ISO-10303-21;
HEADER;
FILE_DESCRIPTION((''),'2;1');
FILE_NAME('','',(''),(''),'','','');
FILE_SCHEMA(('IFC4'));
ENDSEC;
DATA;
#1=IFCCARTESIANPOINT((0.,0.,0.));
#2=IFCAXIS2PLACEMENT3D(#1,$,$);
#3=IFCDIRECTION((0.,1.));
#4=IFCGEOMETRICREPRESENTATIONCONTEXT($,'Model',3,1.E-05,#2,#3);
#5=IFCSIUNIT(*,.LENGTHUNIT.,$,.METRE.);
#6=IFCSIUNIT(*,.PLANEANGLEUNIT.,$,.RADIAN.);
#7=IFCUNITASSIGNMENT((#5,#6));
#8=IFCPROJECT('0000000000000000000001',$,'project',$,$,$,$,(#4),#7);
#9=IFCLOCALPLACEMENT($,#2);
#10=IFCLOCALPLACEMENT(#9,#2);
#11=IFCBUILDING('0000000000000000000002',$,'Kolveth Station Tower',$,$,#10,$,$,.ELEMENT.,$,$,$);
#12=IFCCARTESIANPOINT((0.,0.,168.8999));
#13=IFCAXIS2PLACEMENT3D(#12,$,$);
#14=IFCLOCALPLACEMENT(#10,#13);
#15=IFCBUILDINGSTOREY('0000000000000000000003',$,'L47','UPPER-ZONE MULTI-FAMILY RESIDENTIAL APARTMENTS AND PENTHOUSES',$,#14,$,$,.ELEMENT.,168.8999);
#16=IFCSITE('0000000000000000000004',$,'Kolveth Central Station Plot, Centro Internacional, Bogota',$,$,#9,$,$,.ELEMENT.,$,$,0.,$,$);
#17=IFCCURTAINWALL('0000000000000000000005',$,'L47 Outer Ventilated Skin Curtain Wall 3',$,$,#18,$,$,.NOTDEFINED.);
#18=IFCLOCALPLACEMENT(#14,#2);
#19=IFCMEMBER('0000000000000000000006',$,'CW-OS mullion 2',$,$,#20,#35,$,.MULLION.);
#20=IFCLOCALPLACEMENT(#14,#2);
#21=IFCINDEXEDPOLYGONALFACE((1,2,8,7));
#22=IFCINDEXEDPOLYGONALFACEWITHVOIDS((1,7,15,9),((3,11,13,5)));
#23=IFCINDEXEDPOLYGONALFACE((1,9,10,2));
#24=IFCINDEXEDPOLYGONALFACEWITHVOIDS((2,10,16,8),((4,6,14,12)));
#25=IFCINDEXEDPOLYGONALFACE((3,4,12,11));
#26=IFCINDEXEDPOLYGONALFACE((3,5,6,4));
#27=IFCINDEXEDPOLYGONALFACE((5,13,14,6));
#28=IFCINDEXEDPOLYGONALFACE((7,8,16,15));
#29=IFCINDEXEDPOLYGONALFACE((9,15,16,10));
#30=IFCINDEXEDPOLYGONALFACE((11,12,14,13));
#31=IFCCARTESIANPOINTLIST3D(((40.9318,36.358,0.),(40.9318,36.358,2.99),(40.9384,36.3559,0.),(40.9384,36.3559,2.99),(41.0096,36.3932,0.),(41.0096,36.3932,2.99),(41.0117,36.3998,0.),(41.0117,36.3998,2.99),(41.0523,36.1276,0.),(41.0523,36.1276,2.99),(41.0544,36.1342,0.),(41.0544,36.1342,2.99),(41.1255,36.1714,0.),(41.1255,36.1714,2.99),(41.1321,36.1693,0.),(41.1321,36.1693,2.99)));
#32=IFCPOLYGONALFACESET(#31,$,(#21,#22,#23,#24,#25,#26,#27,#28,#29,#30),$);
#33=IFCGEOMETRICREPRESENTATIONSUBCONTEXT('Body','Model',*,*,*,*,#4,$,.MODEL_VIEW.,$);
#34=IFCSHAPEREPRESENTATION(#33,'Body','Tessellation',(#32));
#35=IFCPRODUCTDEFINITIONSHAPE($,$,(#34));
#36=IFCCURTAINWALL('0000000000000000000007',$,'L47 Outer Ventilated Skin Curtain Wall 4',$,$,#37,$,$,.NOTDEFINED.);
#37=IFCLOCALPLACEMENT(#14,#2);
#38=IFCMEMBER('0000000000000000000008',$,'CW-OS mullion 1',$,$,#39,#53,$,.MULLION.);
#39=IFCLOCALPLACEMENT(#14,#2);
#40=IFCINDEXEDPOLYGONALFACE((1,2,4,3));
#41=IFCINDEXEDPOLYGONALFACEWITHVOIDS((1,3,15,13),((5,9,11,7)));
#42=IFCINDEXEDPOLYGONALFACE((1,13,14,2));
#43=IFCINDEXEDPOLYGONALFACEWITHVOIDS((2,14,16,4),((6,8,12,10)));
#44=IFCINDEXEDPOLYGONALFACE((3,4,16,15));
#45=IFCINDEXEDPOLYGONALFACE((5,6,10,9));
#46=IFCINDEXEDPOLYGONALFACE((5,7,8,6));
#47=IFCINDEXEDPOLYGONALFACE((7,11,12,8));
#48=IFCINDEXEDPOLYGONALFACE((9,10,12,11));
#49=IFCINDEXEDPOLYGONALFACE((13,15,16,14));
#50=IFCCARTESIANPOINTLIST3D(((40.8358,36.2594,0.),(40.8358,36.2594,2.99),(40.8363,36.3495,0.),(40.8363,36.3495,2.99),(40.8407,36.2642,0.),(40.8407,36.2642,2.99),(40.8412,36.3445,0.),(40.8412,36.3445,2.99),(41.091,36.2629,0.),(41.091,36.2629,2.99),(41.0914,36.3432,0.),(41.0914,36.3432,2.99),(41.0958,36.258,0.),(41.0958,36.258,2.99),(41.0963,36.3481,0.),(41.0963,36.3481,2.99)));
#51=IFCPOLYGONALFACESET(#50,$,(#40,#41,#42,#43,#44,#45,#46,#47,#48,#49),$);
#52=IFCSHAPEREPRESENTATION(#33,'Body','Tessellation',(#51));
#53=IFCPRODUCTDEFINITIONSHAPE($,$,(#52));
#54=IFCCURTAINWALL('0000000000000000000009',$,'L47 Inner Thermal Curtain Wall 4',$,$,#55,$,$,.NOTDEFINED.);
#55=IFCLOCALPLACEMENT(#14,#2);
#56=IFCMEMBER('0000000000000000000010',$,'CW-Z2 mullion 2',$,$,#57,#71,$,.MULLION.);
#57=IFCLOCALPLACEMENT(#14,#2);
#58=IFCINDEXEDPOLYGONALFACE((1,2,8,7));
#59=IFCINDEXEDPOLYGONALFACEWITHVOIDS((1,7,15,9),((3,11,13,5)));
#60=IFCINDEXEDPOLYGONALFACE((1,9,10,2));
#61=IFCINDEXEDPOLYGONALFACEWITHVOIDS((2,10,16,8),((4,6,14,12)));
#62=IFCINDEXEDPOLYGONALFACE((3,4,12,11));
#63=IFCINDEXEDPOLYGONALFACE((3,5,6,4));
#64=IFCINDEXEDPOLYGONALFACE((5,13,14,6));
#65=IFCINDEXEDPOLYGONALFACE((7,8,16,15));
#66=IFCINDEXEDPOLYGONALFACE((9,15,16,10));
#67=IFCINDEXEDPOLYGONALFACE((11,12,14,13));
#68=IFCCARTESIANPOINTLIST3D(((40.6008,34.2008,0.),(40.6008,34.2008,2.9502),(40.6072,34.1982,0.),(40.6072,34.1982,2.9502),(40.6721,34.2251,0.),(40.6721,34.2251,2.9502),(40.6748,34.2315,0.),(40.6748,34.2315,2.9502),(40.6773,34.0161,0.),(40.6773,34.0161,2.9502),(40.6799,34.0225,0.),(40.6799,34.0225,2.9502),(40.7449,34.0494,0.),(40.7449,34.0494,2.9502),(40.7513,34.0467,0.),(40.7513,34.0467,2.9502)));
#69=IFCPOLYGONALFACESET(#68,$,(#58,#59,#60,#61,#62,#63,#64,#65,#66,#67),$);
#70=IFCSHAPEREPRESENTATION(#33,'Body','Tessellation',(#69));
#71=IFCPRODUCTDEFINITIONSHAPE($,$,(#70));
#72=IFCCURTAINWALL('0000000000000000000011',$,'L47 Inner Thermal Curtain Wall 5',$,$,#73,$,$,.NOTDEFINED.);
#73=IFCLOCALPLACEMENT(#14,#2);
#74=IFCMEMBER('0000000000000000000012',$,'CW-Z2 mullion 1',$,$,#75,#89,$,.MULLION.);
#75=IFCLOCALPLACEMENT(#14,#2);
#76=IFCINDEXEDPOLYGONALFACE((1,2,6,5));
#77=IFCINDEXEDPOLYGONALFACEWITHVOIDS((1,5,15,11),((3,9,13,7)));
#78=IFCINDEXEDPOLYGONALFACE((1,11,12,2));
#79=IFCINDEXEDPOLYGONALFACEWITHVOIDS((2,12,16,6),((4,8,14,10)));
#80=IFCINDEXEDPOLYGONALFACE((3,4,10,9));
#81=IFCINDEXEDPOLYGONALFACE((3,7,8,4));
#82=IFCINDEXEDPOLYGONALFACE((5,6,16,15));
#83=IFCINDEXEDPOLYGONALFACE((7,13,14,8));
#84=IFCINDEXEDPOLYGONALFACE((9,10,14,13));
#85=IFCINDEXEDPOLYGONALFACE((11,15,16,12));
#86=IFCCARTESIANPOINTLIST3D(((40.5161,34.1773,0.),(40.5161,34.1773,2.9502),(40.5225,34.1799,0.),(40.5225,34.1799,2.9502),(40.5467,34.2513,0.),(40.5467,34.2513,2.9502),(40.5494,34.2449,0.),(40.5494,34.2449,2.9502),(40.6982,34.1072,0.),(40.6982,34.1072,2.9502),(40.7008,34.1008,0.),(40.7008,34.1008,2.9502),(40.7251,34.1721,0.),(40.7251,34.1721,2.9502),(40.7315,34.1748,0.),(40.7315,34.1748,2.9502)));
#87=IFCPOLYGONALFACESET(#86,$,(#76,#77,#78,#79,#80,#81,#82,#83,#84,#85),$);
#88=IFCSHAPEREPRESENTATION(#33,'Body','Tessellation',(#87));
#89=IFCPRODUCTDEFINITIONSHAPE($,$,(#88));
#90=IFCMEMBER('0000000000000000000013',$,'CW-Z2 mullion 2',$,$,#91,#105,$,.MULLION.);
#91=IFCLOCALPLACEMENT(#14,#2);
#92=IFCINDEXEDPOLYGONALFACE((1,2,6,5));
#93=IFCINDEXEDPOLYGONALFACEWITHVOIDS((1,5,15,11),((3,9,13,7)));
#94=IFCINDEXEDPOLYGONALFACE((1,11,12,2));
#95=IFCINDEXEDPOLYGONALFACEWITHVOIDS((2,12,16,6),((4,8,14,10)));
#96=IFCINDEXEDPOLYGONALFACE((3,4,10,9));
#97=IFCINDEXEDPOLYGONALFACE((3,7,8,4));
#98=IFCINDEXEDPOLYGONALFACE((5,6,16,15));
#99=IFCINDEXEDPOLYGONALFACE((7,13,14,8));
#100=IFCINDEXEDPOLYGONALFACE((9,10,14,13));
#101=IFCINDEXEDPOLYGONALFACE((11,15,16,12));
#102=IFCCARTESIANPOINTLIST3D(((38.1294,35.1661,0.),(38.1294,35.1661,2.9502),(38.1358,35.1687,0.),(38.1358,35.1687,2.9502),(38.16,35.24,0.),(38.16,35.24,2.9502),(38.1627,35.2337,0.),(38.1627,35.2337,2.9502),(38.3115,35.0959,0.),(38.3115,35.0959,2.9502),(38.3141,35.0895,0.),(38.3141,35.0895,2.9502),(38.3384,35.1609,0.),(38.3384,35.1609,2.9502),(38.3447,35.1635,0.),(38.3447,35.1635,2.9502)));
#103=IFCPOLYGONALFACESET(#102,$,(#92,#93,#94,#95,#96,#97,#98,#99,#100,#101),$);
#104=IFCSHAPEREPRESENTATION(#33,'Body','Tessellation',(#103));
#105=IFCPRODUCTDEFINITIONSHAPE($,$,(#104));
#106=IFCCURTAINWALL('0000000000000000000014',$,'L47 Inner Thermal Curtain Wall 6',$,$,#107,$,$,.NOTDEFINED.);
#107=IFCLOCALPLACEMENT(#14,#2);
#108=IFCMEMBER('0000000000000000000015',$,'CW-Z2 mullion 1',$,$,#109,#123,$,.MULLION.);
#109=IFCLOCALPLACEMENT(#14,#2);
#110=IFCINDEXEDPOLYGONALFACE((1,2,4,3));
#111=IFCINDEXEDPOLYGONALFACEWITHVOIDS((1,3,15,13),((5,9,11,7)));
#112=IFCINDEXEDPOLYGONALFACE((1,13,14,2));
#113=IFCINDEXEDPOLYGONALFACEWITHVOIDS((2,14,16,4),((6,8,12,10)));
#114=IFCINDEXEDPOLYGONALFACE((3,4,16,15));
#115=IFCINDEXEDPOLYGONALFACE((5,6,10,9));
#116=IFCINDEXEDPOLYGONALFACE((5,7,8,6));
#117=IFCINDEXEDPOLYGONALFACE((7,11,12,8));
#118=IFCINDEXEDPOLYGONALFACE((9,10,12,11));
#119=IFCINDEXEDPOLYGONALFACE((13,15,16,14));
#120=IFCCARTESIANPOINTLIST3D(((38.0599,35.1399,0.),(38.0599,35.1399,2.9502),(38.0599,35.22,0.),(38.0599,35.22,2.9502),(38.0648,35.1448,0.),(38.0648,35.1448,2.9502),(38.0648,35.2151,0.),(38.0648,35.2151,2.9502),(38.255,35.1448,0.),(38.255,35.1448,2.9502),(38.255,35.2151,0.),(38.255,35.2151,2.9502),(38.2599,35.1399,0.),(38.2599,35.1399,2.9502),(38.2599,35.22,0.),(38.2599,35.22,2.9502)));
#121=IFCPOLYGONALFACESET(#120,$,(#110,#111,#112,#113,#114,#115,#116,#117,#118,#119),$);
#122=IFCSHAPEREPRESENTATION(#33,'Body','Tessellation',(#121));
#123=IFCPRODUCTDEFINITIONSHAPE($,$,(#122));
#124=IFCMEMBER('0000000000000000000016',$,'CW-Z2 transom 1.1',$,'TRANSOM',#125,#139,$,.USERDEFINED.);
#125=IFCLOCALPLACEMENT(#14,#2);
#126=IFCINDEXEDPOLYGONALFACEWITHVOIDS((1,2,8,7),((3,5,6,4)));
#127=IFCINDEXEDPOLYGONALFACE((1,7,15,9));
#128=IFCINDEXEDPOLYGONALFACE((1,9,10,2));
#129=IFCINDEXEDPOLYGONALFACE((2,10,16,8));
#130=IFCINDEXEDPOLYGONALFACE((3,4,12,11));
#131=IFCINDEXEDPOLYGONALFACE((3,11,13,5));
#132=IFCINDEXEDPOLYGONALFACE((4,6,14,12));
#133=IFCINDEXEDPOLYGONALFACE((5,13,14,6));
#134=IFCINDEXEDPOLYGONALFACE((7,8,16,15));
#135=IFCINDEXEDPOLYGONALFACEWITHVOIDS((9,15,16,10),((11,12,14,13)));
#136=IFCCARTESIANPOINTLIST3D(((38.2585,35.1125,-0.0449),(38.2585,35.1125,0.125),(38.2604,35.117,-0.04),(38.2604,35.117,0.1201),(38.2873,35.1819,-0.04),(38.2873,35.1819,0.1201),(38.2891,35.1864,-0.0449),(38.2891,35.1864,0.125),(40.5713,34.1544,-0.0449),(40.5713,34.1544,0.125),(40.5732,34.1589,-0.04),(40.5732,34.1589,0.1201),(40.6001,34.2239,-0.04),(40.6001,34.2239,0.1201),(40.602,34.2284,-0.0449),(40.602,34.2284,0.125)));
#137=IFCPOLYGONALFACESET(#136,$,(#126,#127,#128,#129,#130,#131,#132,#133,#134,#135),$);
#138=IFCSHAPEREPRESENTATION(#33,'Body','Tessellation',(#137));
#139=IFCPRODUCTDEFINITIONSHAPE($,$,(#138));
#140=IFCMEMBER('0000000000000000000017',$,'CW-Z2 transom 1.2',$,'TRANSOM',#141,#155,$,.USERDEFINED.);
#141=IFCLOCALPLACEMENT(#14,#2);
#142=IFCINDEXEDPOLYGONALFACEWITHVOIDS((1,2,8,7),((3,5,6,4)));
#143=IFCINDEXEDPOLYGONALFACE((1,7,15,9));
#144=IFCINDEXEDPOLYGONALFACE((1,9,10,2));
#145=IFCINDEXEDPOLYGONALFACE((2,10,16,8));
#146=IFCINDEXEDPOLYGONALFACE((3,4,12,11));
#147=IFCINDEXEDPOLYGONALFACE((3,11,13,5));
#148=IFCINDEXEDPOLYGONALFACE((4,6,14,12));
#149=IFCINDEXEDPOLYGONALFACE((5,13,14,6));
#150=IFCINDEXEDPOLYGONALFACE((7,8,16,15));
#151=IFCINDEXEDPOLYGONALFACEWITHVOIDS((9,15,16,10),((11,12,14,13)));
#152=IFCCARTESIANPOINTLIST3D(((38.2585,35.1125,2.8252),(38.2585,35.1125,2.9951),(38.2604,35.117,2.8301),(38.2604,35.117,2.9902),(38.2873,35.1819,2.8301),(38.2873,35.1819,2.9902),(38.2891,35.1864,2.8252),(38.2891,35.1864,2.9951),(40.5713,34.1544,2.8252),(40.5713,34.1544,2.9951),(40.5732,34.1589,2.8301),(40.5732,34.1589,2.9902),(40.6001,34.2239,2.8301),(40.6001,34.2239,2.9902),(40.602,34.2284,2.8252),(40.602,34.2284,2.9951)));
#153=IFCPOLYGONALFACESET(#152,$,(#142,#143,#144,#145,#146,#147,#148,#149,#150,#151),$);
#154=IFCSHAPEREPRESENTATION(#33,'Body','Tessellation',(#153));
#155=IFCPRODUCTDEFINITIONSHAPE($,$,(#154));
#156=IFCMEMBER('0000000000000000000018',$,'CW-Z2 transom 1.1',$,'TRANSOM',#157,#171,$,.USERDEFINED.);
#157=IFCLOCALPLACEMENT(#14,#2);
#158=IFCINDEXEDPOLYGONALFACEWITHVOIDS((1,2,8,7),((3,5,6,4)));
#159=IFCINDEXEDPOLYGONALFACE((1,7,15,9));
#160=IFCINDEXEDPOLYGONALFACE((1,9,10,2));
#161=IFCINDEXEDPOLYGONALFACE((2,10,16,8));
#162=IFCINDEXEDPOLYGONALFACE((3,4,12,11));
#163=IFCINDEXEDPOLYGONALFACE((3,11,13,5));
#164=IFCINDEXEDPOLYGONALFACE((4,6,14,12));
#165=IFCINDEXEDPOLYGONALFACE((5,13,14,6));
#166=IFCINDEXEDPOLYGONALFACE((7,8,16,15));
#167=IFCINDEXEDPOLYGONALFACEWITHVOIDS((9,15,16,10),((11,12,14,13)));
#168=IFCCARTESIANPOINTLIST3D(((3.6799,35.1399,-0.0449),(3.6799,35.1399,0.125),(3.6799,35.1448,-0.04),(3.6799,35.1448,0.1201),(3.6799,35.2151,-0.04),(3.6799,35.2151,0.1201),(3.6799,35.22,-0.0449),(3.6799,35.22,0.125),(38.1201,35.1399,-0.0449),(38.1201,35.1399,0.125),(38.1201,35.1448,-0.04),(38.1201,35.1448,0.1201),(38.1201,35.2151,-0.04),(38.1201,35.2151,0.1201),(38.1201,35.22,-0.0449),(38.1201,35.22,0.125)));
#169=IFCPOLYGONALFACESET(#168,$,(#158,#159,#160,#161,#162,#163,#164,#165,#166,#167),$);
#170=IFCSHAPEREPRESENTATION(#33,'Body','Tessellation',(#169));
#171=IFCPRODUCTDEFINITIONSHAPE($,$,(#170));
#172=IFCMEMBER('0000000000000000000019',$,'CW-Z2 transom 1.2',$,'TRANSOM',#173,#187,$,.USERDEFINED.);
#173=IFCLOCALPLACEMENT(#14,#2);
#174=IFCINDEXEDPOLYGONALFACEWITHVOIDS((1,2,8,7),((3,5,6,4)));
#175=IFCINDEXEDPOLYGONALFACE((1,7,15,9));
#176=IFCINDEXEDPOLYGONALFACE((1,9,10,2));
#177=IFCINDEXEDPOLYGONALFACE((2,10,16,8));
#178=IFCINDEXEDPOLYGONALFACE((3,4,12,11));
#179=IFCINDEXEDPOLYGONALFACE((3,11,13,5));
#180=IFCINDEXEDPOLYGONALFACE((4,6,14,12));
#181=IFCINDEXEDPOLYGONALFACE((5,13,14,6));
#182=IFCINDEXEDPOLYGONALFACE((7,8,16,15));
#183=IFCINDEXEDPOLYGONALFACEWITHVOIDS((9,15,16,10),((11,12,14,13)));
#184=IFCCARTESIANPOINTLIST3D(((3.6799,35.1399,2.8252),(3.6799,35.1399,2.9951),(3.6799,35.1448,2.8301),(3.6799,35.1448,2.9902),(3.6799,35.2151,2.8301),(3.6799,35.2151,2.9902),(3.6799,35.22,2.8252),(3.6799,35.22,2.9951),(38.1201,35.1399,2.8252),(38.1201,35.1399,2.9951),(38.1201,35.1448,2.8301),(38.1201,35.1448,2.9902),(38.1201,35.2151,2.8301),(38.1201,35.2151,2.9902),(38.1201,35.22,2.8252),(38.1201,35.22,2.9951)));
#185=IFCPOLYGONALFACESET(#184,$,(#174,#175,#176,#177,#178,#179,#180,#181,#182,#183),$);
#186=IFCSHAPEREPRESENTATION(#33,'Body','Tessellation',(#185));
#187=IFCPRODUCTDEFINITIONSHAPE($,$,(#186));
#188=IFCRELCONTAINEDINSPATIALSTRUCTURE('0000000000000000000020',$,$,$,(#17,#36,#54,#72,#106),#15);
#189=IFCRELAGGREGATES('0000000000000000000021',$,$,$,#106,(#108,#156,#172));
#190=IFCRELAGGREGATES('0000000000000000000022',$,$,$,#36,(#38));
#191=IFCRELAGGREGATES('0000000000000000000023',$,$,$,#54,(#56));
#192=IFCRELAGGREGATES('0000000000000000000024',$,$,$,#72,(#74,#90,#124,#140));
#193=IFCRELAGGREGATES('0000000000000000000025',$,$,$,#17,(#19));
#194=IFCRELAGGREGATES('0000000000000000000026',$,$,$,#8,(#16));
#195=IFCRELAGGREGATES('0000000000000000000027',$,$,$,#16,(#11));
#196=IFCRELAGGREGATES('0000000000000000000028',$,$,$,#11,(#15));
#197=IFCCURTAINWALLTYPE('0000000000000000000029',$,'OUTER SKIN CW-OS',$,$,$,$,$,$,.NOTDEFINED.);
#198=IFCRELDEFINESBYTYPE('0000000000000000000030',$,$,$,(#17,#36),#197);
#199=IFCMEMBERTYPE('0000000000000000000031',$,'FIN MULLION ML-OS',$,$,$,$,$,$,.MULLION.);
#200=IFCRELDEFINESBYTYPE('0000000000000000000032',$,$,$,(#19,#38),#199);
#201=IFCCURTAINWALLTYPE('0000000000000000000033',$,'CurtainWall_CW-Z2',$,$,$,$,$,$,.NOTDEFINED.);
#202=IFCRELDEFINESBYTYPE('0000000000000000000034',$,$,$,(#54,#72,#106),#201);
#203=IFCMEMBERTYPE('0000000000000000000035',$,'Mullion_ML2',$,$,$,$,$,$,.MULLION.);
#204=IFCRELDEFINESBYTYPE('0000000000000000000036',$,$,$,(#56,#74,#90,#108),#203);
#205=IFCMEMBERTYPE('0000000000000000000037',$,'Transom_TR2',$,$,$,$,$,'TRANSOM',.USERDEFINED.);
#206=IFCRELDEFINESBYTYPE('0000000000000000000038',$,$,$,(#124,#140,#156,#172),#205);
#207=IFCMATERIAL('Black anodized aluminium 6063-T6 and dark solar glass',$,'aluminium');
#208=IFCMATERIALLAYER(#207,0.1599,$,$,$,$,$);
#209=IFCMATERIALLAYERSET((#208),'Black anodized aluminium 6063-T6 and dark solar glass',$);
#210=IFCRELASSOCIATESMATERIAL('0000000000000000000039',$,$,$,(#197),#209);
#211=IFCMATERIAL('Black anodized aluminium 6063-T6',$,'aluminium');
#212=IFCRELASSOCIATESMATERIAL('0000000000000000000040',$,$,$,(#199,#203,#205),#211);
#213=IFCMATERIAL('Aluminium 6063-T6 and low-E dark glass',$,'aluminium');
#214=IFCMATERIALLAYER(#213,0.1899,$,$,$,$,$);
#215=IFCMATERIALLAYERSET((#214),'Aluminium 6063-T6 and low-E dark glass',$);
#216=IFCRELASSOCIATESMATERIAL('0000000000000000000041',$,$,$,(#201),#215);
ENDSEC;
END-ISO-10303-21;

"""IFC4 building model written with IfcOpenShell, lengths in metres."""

from ifc_helpers import new_model, si_unit, direction, frame, origin, origin_2d, place, context, subcontext, project, spatial, hollow_rectangle, extrude, source, transform, mapped, material, layer, layer_set, material_profile, profile_set, type_object, element, aggregate, save


model = new_model("IFC4")

# Units and contexts
model_context = context("Model", 3, precision=1e-05, world=origin(), true_north=direction((0.0, 1.0)))
body_context = subcontext(model_context, "Body", "Model", "MODEL_VIEW")
ifc_project = project(units=[si_unit("LENGTHUNIT", "METRE"), si_unit("PLANEANGLEUNIT", "RADIAN")], contexts=[model_context])

# Site, building, storey
site_placement = place(None, origin())
site = spatial("IfcSite", under=ifc_project, at=site_placement, Name="Kolveth Central Station Plot, Centro Internacional, Bogota", CompositionType="ELEMENT", RefElevation=0.0)
building_placement = place(site_placement, origin())
building = spatial("IfcBuilding", under=site, at=building_placement, Name="Kolveth Station Tower", CompositionType="ELEMENT")
storey_placement = place(building_placement, frame((0.0, 0.0, 168.8999)))
storey = spatial("IfcBuildingStorey", under=building, at=storey_placement, Name="L47", Description="UPPER-ZONE MULTI-FAMILY RESIDENTIAL APARTMENTS AND PENTHOUSES", CompositionType="ELEMENT", Elevation=168.8999)

# Curtain walls, members
ifc_material_1 = material(Name="Black anodized aluminium 6063-T6 and dark solar glass", Category="aluminium")
ifc_layer_1 = layer(ifc_material_1, 0.1599)
ifc_layer_set_1 = layer_set([ifc_layer_1], Name="Black anodized aluminium 6063-T6 and dark solar glass")
curtain_wall_type_1 = type_object("IfcCurtainWallType", Name="OUTER SKIN CW-OS", PredefinedType="NOTDEFINED", material=ifc_layer_set_1)
curtain_wall_1_placement = place(storey_placement, origin())
curtain_wall_1 = element("IfcCurtainWall", 1, at=curtain_wall_1_placement, inside=storey, type_object=curtain_wall_type_1, Name="L47 Outer Ventilated Skin Curtain Wall 3", PredefinedType="NOTDEFINED")
ifc_material_2 = material(Name="Black anodized aluminium 6063-T6", Category="aluminium")
ifc_material_profile_1 = material_profile(ifc_material_2, hollow_rectangle(XDim=0.0901, YDim=0.26, WallThickness=0.0049, at=origin_2d()), Name="ALU-90x260x5")
ifc_profile_set_1 = profile_set([ifc_material_profile_1], Name="Black anodized aluminium 6063-T6")
member_type_1 = type_object("IfcMemberType", Name="FIN MULLION ML-OS", PredefinedType="MULLION", material=ifc_profile_set_1)
shared_shape_1 = source(origin(), body_context, "Body", "SweptSolid", [
    extrude(hollow_rectangle(XDim=0.0901, YDim=0.26, WallThickness=0.0049, at=origin_2d()), origin(), (0.0, 0.0, 1.0), 2.99),
])
member_1_placement = place(storey_placement, frame((41.032, 36.2637, 0.0), z_axis=(0.0, 0.0, 1.0), x_axis=(-0.886196, -0.46331, 0.0)))
member_1 = element("IfcMember", 2, at=member_1_placement, type_object=member_type_1, Name="CW-OS mullion 2", PredefinedType="MULLION", context=body_context, shape_type="MappedRepresentation", body=[
    mapped(shared_shape_1, transform((0.0, 0.0, 0.0), x_axis=(1.0, 0.0, 0.0), y_axis=(0.0, 1.0, 0.0), z_axis=(0.0, 0.0, 1.0), scale=1.0)),
])
curtain_wall_2_placement = place(storey_placement, origin())
curtain_wall_2 = element("IfcCurtainWall", 3, at=curtain_wall_2_placement, inside=storey, type_object=curtain_wall_type_1, Name="L47 Outer Ventilated Skin Curtain Wall 4", PredefinedType="NOTDEFINED")
member_2_placement = place(storey_placement, frame((40.9661, 36.3037, 0.0), z_axis=(0.0, 0.0, 1.0), x_axis=(-0.005368, -0.999986, 0.0)))
member_2 = element("IfcMember", 4, at=member_2_placement, type_object=member_type_1, Name="CW-OS mullion 1", PredefinedType="MULLION", context=body_context, shape_type="MappedRepresentation", body=[
    mapped(shared_shape_1, transform((0.0, 0.0, 0.0), x_axis=(1.0, 0.0, 0.0), y_axis=(0.0, 1.0, 0.0), z_axis=(0.0, 0.0, 1.0), scale=1.0)),
])
ifc_material_3 = material(Name="Aluminium 6063-T6 and low-E dark glass", Category="aluminium")
ifc_layer_2 = layer(ifc_material_3, 0.1899)
ifc_layer_set_2 = layer_set([ifc_layer_2], Name="Aluminium 6063-T6 and low-E dark glass")
curtain_wall_type_2 = type_object("IfcCurtainWallType", Name="CurtainWall_CW-Z2", PredefinedType="NOTDEFINED", material=ifc_layer_set_2)
curtain_wall_3_placement = place(storey_placement, origin())
curtain_wall_3 = element("IfcCurtainWall", 5, at=curtain_wall_3_placement, inside=storey, type_object=curtain_wall_type_2, Name="L47 Inner Thermal Curtain Wall 4", PredefinedType="NOTDEFINED")
ifc_material_profile_2 = material_profile(ifc_material_2, hollow_rectangle(XDim=0.0801, YDim=0.2, WallThickness=0.0049, at=origin_2d()), Name="ALU-80x200x5")
ifc_profile_set_2 = profile_set([ifc_material_profile_2], Name="Black anodized aluminium 6063-T6")
member_type_2 = type_object("IfcMemberType", Name="Mullion_ML2", PredefinedType="MULLION", material=ifc_profile_set_2)
shared_shape_2 = source(origin(), body_context, "Body", "SweptSolid", [
    extrude(hollow_rectangle(XDim=0.0801, YDim=0.2, WallThickness=0.0049, at=origin_2d()), origin(), (0.0, 0.0, 1.0), 2.9502),
])
member_3_placement = place(storey_placement, frame((40.676, 34.1238, 0.0), z_axis=(0.0, 0.0, 1.0), x_axis=(-0.923874, -0.382698, 0.0)))
member_3 = element("IfcMember", 6, at=member_3_placement, type_object=member_type_2, Name="CW-Z2 mullion 2", PredefinedType="MULLION", context=body_context, shape_type="MappedRepresentation", body=[
    mapped(shared_shape_2, transform((0.0, 0.0, 0.0), x_axis=(1.0, 0.0, 0.0), y_axis=(0.0, 1.0, 0.0), z_axis=(0.0, 0.0, 1.0), scale=1.0)),
])

# Curtain wall, members
curtain_wall_4_placement = place(storey_placement, origin())
curtain_wall_4 = element("IfcCurtainWall", 7, at=curtain_wall_4_placement, inside=storey, type_object=curtain_wall_type_2, Name="L47 Inner Thermal Curtain Wall 5", PredefinedType="NOTDEFINED")
member_4_placement = place(storey_placement, frame((40.6238, 34.176, 0.0), z_axis=(0.0, 0.0, 1.0), x_axis=(-0.382698, -0.923874, 0.0)))
member_4 = element("IfcMember", 8, at=member_4_placement, type_object=member_type_2, Name="CW-Z2 mullion 1", PredefinedType="MULLION", context=body_context, shape_type="MappedRepresentation", body=[
    mapped(shared_shape_2, transform((0.0, 0.0, 0.0), x_axis=(1.0, 0.0, 0.0), y_axis=(0.0, 1.0, 0.0), z_axis=(0.0, 0.0, 1.0), scale=1.0)),
])
member_5_placement = place(storey_placement, frame((38.2371, 35.1648, 0.0), z_axis=(0.0, 0.0, 1.0), x_axis=(-0.382698, -0.923874, 0.0)))
member_5 = element("IfcMember", 9, at=member_5_placement, type_object=member_type_2, Name="CW-Z2 mullion 2", PredefinedType="MULLION", context=body_context, shape_type="MappedRepresentation", body=[
    mapped(shared_shape_2, transform((0.0, 0.0, 0.0), x_axis=(1.0, 0.0, 0.0), y_axis=(0.0, 1.0, 0.0), z_axis=(0.0, 0.0, 1.0), scale=1.0)),
])

# Curtain wall, member
curtain_wall_5_placement = place(storey_placement, origin())
curtain_wall_5 = element("IfcCurtainWall", 10, at=curtain_wall_5_placement, inside=storey, type_object=curtain_wall_type_2, Name="L47 Inner Thermal Curtain Wall 6", PredefinedType="NOTDEFINED")
member_6_placement = place(storey_placement, frame((38.1599, 35.1799, 0.0), z_axis=(0.0, 0.0, 1.0), x_axis=(0.0, -1.0, 0.0)))
member_6 = element("IfcMember", 11, at=member_6_placement, type_object=member_type_2, Name="CW-Z2 mullion 1", PredefinedType="MULLION", context=body_context, shape_type="MappedRepresentation", body=[
    mapped(shared_shape_2, transform((0.0, 0.0, 0.0), x_axis=(1.0, 0.0, 0.0), y_axis=(0.0, 1.0, 0.0), z_axis=(0.0, 0.0, 1.0), scale=1.0)),
])

# Members
ifc_material_profile_3 = material_profile(ifc_material_2, hollow_rectangle(XDim=0.0801, YDim=0.1699, WallThickness=0.0049, at=origin_2d()), Name="ALU-80x170x5")
ifc_profile_set_3 = profile_set([ifc_material_profile_3], Name="Black anodized aluminium 6063-T6")
member_type_3 = type_object("IfcMemberType", Name="Transom_TR2", ElementType="TRANSOM", PredefinedType="USERDEFINED", material=ifc_profile_set_3)
shared_shape_3 = source(origin(), body_context, "Body", "SweptSolid", [
    extrude(hollow_rectangle(XDim=0.0801, YDim=0.1699, WallThickness=0.0049, at=origin_2d()), origin(), (0.0, 0.0, 1.0), 2.5034),
])
member_7_placement = place(storey_placement, frame((40.5867, 34.1914, 0.04), z_axis=(-0.923874, 0.382696, 0.0), x_axis=(-0.382696, -0.923874, 0.0)))
member_7 = element("IfcMember", 12, at=member_7_placement, type_object=member_type_3, Name="CW-Z2 transom 1.1", ObjectType="TRANSOM", PredefinedType="USERDEFINED", context=body_context, shape_type="MappedRepresentation", body=[
    mapped(shared_shape_3, transform((0.0, 0.0, 0.0), x_axis=(1.0, 0.0, 0.0), y_axis=(0.0, 1.0, 0.0), z_axis=(0.0, 0.0, 1.0), scale=1.0)),
])
member_8_placement = place(storey_placement, frame((40.5867, 34.1914, 2.9102), z_axis=(-0.923874, 0.382696, 0.0), x_axis=(-0.382696, -0.923874, 0.0)))
member_8 = element("IfcMember", 13, at=member_8_placement, type_object=member_type_3, Name="CW-Z2 transom 1.2", ObjectType="TRANSOM", PredefinedType="USERDEFINED", context=body_context, shape_type="MappedRepresentation", body=[
    mapped(shared_shape_3, transform((0.0, 0.0, 0.0), x_axis=(1.0, 0.0, 0.0), y_axis=(0.0, 1.0, 0.0), z_axis=(0.0, 0.0, 1.0), scale=1.0)),
])
shared_shape_4 = source(origin(), body_context, "Body", "SweptSolid", [
    extrude(hollow_rectangle(XDim=0.0801, YDim=0.1699, WallThickness=0.0049, at=origin_2d()), origin(), (0.0, 0.0, 1.0), 34.4402),
])
member_9_placement = place(storey_placement, frame((38.1201, 35.1799, 0.04), z_axis=(-1.0, 0.0, 0.0), x_axis=(0.0, -1.0, 0.0)))
member_9 = element("IfcMember", 14, at=member_9_placement, type_object=member_type_3, Name="CW-Z2 transom 1.1", ObjectType="TRANSOM", PredefinedType="USERDEFINED", context=body_context, shape_type="MappedRepresentation", body=[
    mapped(shared_shape_4, transform((0.0, 0.0, 0.0), x_axis=(1.0, 0.0, 0.0), y_axis=(0.0, 1.0, 0.0), z_axis=(0.0, 0.0, 1.0), scale=1.0)),
])
member_10_placement = place(storey_placement, frame((38.1201, 35.1799, 2.9102), z_axis=(-1.0, 0.0, 0.0), x_axis=(0.0, -1.0, 0.0)))
member_10 = element("IfcMember", 15, at=member_10_placement, type_object=member_type_3, Name="CW-Z2 transom 1.2", ObjectType="TRANSOM", PredefinedType="USERDEFINED", context=body_context, shape_type="MappedRepresentation", body=[
    mapped(shared_shape_4, transform((0.0, 0.0, 0.0), x_axis=(1.0, 0.0, 0.0), y_axis=(0.0, 1.0, 0.0), z_axis=(0.0, 0.0, 1.0), scale=1.0)),
])
aggregate(curtain_wall_5, [member_6, member_9, member_10])
aggregate(curtain_wall_2, [member_2])

aggregate(curtain_wall_3, [member_3])
aggregate(curtain_wall_4, [member_4, member_5, member_7, member_8])
aggregate(curtain_wall_1, [member_1])

save(model, "model.ifc")
